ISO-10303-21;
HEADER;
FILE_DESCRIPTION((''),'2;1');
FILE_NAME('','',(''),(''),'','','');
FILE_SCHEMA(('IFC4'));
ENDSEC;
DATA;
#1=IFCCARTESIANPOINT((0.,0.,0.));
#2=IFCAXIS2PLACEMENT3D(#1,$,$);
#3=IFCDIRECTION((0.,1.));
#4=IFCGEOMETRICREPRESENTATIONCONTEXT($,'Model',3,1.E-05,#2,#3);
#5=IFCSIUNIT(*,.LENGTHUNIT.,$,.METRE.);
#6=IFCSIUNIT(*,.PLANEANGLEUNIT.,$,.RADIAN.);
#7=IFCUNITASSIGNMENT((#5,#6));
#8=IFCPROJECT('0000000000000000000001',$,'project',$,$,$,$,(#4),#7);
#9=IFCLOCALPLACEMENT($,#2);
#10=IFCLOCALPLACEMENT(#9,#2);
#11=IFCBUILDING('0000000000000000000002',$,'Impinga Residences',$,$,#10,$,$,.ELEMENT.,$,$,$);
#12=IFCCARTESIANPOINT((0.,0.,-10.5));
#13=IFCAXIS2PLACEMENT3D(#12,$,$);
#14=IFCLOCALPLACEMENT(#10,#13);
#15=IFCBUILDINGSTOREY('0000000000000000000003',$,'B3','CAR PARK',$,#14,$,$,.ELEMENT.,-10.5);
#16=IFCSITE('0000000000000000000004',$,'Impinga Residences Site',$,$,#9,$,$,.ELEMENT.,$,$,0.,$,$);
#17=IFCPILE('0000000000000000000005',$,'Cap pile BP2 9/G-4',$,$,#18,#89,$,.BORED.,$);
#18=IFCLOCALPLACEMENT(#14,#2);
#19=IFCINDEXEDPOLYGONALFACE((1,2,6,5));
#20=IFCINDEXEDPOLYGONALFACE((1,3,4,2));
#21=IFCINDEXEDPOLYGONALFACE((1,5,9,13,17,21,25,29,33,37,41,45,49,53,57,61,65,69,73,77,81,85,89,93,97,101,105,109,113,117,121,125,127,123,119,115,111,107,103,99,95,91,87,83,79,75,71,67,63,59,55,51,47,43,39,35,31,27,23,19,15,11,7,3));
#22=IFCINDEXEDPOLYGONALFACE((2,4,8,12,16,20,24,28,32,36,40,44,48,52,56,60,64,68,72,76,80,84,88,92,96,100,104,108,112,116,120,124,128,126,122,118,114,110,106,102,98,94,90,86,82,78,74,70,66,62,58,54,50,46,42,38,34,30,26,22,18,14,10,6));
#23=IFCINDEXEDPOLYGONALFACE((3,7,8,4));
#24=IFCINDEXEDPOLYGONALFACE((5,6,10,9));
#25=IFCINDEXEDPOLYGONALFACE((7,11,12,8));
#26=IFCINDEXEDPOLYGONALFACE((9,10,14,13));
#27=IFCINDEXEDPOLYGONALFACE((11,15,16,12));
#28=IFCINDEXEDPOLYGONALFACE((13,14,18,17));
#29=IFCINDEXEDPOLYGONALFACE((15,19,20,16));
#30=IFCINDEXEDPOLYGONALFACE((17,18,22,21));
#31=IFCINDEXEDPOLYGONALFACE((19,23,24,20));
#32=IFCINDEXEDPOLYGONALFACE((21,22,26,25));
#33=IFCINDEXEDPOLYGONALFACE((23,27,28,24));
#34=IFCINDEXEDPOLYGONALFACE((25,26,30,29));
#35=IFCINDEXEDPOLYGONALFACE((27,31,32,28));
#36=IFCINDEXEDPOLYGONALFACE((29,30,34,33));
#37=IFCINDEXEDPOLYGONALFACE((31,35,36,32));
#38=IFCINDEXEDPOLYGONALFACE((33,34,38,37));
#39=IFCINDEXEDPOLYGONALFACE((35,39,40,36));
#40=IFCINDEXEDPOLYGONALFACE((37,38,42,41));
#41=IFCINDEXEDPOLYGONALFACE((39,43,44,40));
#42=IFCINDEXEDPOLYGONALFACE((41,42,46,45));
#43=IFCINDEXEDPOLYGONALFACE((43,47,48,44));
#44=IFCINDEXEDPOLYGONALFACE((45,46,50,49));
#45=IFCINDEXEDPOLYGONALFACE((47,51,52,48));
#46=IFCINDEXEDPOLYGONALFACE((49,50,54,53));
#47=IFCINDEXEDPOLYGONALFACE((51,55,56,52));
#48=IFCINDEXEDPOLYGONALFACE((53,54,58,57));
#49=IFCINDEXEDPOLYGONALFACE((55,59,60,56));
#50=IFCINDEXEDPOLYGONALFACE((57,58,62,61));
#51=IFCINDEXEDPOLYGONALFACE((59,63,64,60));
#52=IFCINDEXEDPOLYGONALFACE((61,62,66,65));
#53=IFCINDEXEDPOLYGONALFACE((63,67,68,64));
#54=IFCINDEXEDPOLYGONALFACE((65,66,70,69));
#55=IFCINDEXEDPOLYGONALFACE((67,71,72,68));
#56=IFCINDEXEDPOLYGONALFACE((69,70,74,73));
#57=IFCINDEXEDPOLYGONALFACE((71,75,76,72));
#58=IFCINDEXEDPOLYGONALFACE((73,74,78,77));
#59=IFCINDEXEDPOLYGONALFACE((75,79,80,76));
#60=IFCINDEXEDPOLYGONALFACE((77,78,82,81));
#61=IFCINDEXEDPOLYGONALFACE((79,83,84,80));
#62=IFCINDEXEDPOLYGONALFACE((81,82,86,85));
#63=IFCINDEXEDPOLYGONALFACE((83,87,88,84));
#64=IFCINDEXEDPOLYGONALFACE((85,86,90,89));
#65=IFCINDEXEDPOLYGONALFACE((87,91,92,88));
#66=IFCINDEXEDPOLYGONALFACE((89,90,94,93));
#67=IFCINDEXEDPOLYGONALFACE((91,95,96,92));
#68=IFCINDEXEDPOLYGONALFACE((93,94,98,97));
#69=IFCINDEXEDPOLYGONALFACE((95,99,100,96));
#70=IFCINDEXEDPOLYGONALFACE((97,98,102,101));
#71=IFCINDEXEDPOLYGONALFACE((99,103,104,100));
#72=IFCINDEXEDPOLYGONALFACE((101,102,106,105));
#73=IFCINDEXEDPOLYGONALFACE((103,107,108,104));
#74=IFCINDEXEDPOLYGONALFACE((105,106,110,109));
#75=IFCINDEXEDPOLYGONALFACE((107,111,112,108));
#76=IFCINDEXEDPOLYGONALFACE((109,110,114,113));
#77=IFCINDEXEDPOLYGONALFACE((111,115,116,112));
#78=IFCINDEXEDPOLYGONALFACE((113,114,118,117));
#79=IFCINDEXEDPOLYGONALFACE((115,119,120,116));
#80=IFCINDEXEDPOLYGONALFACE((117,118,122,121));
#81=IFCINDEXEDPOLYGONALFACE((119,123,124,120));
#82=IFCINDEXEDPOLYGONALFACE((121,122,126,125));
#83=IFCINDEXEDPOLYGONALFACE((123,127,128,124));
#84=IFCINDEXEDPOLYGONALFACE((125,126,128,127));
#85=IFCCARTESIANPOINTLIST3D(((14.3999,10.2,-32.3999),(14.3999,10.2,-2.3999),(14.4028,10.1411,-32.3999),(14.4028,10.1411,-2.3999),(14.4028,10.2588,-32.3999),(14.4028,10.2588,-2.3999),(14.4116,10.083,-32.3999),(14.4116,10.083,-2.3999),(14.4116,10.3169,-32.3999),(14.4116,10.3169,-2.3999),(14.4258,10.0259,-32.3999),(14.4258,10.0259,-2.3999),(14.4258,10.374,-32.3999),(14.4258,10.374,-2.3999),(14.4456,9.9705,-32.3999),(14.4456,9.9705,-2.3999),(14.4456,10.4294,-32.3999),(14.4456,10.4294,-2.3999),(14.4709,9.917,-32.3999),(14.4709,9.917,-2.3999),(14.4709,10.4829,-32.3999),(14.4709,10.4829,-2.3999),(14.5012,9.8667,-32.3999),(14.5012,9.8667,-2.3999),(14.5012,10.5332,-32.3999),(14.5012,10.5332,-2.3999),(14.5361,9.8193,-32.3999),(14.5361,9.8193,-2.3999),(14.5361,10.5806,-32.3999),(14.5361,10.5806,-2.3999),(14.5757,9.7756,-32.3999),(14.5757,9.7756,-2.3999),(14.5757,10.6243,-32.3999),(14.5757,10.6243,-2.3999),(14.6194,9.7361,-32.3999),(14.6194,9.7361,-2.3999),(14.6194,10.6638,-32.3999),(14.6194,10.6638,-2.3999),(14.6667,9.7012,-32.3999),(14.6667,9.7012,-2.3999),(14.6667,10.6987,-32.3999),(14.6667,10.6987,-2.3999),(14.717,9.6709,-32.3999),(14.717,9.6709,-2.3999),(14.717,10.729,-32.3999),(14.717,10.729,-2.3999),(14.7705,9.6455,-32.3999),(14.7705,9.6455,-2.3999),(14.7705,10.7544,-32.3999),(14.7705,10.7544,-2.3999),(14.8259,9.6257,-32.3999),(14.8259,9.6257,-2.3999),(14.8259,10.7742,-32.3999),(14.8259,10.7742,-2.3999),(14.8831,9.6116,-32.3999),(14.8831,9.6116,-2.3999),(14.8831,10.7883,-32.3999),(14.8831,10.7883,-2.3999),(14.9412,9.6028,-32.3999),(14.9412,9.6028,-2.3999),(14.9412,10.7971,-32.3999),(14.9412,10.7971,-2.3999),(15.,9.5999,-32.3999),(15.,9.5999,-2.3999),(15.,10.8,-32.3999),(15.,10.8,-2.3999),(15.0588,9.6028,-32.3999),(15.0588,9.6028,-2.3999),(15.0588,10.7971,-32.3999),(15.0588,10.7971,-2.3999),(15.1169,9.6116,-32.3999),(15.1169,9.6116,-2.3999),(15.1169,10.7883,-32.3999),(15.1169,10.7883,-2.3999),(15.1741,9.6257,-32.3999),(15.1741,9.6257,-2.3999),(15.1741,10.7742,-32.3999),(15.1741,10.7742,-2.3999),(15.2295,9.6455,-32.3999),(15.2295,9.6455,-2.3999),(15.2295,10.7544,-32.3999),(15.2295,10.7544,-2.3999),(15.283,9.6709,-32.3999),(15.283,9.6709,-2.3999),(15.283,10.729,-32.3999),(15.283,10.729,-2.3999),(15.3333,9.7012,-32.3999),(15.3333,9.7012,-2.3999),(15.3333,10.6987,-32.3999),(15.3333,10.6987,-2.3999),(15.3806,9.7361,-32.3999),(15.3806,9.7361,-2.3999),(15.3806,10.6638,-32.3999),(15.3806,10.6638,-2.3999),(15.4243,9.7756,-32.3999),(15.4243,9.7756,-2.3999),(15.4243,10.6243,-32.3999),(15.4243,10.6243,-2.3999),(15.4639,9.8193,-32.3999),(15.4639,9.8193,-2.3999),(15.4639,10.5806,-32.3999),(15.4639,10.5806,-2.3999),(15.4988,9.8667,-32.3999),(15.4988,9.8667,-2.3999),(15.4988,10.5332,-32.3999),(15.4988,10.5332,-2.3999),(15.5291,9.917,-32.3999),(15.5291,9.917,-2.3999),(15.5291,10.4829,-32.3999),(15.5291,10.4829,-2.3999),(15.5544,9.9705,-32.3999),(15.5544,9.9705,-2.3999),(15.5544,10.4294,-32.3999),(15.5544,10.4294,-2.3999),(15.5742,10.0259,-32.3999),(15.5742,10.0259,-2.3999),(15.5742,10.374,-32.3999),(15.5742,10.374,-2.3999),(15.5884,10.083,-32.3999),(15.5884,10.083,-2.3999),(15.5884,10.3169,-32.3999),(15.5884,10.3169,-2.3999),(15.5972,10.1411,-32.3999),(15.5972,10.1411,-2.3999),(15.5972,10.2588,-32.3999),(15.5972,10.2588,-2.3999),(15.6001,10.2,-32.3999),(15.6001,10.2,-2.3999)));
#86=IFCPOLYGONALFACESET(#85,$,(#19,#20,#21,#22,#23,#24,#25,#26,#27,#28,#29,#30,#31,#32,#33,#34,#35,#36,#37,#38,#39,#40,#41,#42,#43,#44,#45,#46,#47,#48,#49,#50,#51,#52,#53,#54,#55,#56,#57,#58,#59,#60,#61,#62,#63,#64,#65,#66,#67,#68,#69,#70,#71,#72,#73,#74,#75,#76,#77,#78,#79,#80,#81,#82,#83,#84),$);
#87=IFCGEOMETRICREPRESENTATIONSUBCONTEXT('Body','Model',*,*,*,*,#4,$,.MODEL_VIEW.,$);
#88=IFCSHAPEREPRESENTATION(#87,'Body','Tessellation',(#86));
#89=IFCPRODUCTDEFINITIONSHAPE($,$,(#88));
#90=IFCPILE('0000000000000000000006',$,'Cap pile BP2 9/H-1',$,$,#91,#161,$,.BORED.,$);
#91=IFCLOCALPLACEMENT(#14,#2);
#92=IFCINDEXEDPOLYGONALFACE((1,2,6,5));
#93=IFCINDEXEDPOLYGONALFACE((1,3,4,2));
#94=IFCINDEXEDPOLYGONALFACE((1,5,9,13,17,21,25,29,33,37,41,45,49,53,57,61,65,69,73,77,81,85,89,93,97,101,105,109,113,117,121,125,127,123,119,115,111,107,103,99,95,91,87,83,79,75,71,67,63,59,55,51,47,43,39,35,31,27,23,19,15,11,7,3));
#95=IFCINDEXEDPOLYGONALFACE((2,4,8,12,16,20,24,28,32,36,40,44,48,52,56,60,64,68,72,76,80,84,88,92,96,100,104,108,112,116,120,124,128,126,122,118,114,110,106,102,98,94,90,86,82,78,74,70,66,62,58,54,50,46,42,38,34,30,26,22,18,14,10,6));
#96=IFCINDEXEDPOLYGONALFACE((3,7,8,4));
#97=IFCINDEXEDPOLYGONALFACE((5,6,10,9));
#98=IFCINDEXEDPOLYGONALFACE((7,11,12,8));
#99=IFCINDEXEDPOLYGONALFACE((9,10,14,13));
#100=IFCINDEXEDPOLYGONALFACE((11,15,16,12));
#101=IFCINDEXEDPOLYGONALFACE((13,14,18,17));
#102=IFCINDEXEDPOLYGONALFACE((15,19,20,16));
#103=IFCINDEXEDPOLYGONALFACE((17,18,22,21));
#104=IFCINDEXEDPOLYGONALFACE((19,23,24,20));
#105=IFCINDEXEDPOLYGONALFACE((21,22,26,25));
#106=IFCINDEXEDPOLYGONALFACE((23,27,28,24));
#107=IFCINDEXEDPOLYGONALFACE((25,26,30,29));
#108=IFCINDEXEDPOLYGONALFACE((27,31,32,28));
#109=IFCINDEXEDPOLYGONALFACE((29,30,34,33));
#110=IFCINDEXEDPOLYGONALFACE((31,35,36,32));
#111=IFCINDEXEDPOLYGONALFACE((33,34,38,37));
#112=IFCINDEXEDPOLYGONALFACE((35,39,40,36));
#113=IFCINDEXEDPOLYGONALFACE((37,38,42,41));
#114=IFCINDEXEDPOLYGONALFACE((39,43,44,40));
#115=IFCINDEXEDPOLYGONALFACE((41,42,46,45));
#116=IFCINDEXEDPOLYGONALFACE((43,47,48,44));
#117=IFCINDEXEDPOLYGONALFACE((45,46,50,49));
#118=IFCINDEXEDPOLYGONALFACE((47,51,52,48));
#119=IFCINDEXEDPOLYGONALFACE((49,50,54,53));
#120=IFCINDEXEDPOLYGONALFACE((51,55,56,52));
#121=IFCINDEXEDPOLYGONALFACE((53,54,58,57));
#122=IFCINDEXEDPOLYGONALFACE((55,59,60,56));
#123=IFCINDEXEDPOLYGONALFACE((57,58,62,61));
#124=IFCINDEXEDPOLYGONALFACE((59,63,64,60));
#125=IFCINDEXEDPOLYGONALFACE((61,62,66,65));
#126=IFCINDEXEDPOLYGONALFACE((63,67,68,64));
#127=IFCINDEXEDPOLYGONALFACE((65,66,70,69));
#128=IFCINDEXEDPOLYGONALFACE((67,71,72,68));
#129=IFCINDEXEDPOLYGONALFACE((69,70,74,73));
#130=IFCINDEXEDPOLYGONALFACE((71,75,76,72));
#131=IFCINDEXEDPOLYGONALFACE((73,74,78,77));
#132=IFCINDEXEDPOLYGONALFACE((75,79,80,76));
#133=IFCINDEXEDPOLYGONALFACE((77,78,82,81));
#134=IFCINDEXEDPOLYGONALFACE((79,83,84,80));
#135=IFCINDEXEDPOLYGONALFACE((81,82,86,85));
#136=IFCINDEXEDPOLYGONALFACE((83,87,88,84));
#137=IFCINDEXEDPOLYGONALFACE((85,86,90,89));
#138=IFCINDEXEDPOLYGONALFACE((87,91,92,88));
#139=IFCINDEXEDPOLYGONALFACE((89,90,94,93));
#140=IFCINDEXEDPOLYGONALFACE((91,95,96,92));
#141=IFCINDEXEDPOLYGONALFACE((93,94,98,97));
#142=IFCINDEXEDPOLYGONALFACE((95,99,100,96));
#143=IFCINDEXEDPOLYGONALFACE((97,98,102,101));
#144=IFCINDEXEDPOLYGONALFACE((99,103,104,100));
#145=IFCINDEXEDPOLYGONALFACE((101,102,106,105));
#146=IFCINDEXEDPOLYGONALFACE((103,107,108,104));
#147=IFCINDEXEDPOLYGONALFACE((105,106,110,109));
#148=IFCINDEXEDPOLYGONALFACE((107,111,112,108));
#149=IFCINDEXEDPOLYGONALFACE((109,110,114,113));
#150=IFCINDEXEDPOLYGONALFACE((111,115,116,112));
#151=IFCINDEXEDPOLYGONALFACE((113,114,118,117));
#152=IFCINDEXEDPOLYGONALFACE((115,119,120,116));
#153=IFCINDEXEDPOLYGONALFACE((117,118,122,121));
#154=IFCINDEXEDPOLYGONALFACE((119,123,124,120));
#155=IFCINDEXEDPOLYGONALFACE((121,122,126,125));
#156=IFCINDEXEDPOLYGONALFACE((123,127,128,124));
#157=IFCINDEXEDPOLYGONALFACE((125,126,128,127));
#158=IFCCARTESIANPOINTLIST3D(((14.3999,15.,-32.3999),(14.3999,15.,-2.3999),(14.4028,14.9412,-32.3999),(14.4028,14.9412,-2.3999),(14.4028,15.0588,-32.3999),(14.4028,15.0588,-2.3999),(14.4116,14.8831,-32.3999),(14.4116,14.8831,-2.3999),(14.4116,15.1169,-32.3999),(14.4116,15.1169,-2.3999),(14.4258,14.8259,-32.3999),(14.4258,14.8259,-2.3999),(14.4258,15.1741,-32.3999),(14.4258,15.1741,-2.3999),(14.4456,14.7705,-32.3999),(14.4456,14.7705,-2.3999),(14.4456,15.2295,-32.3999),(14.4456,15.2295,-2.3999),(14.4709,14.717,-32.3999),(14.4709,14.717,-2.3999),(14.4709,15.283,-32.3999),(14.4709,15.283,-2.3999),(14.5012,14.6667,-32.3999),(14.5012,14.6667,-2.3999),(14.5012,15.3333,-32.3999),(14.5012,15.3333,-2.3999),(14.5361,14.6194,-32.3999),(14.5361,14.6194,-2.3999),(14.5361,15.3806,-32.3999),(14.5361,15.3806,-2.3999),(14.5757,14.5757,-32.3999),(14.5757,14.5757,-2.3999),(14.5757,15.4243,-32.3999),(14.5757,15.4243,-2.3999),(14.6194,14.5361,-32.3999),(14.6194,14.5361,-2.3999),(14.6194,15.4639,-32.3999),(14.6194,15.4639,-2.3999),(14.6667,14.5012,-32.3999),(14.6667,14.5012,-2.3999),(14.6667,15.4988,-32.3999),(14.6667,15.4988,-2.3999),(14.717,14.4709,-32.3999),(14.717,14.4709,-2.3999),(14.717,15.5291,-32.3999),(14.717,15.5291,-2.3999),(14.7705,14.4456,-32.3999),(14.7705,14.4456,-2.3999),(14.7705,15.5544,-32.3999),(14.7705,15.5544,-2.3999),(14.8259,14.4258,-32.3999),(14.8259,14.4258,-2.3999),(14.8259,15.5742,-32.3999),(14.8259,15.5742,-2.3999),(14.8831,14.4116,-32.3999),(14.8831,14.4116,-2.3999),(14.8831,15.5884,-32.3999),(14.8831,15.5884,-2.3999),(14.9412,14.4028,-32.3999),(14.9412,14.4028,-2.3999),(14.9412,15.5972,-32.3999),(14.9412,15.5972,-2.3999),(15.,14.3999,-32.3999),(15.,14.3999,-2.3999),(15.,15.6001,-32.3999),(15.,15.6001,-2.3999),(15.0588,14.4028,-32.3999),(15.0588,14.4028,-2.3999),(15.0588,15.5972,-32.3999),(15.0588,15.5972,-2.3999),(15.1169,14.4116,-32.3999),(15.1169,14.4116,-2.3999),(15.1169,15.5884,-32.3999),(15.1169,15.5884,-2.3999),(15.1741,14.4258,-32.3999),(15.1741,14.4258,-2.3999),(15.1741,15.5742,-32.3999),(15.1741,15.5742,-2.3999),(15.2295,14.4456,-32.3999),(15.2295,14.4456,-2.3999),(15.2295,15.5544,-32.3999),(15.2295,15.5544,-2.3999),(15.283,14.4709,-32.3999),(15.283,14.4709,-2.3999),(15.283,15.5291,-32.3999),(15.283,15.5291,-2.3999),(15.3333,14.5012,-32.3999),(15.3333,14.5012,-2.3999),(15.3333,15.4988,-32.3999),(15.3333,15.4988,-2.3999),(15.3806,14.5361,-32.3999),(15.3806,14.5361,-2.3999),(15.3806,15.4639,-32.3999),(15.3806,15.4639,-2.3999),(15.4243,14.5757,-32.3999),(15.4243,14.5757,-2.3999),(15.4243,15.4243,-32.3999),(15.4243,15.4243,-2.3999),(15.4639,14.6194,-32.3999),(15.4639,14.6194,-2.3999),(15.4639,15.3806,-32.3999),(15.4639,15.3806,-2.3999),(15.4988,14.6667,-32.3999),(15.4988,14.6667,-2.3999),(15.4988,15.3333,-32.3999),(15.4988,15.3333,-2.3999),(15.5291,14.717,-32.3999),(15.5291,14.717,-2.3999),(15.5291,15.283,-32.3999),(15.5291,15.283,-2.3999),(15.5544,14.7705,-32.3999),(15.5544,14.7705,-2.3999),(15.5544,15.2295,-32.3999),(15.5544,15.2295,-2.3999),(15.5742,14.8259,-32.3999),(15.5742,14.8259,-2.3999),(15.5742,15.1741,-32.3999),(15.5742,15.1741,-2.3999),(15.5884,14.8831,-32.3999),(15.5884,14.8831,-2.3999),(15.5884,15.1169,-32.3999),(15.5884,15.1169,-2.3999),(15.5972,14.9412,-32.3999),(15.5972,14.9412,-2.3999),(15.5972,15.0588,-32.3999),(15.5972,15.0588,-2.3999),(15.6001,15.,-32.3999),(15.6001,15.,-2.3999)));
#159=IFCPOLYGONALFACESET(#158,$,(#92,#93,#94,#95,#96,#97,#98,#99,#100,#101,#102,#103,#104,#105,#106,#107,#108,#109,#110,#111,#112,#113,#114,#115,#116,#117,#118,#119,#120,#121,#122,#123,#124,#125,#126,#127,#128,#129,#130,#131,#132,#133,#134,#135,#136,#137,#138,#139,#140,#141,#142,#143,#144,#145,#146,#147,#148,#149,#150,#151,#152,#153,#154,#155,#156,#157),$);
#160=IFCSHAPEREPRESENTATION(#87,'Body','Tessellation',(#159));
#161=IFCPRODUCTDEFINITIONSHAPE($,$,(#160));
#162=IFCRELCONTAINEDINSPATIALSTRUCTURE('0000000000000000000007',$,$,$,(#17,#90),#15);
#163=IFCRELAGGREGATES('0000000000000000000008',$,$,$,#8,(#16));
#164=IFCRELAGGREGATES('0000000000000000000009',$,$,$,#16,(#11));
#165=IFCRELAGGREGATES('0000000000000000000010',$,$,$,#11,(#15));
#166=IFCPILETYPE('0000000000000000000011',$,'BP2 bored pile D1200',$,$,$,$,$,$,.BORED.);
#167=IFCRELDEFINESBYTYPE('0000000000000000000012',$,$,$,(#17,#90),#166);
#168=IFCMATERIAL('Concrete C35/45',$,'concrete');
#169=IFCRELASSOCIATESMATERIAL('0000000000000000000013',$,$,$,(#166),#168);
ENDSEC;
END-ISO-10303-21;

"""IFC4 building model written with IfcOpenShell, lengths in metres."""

from ifc_helpers import new_model, si_unit, direction, frame, origin, origin_2d, place, context, subcontext, project, spatial, polyline, circle, outline, extrude, material, material_profile, profile_set, type_object, element, save


model = new_model("IFC4")

# Units and contexts
model_context = context("Model", 3, precision=1e-05, world=origin(), true_north=direction((0.0, 1.0)))
body_context = subcontext(model_context, "Body", "Model", "MODEL_VIEW")
ifc_project = project(units=[si_unit("LENGTHUNIT", "METRE"), si_unit("PLANEANGLEUNIT", "RADIAN")], contexts=[model_context])

# Site, building, storey
site_placement = place(None, origin())
site = spatial("IfcSite", under=ifc_project, at=site_placement, Name="Impinga Residences Site", CompositionType="ELEMENT", RefElevation=0.0)
building_placement = place(site_placement, origin())
building = spatial("IfcBuilding", under=site, at=building_placement, Name="Impinga Residences", CompositionType="ELEMENT")
storey_placement = place(building_placement, frame((0.0, 0.0, -10.5)))
storey = spatial("IfcBuildingStorey", under=building, at=storey_placement, Name="B3", Description="CAR PARK", CompositionType="ELEMENT", Elevation=-10.5)

# Piles
ifc_material_1 = material(Name="Concrete C35/45", Category="concrete")
ifc_material_profile_1 = material_profile(ifc_material_1, circle(Radius=0.6001, at=origin_2d()), Name="D1200")
ifc_profile_set_1 = profile_set([ifc_material_profile_1], Name="Concrete C35/45")
pile_type_1 = type_object("IfcPileType", Name="BP2 bored pile D1200", PredefinedType="BORED", material=ifc_profile_set_1)
pile_1_placement = place(storey_placement, frame((15.0, 10.2, -2.3999), z_axis=(0.0, 0.0, -1.0), x_axis=(1.0, 0.0, 0.0)))
element("IfcPile", 1, at=pile_1_placement, inside=storey, type_object=pile_type_1, Name="Cap pile BP2 9/G-4", PredefinedType="BORED", context=body_context, shape_type="SweptSolid", body=[
    extrude(outline(polyline([(0.6001, 0.0), (0.5972, 0.0588), (0.5884, 0.1169), (0.5742, 0.1741), (0.5544, 0.2295), (0.5291, 0.283), (0.4988, 0.3333), (0.4639, 0.3806), (0.4243, 0.4243), (0.3806, 0.4639), (0.3333, 0.4988), (0.283, 0.5291), (0.2295, 0.5544), (0.1741, 0.5742), (0.1169, 0.5884), (0.0588, 0.5972), (0.0, 0.6001), (-0.0588, 0.5972), (-0.1169, 0.5884), (-0.1741, 0.5742), (-0.2295, 0.5544), (-0.283, 0.5291), (-0.3333, 0.4988), (-0.3806, 0.4639), (-0.4243, 0.4243), (-0.4639, 0.3806), (-0.4988, 0.3333), (-0.5291, 0.283), (-0.5544, 0.2295), (-0.5742, 0.1741), (-0.5884, 0.1169), (-0.5972, 0.0588), (-0.6001, 0.0), (-0.5972, -0.0588), (-0.5884, -0.1169), (-0.5742, -0.1741), (-0.5544, -0.2295), (-0.5291, -0.283), (-0.4988, -0.3333), (-0.4639, -0.3806), (-0.4243, -0.4243), (-0.3806, -0.4639), (-0.3333, -0.4988), (-0.283, -0.5291), (-0.2295, -0.5544), (-0.1741, -0.5742), (-0.1169, -0.5884), (-0.0588, -0.5972), (0.0, -0.6001), (0.0588, -0.5972), (0.1169, -0.5884), (0.1741, -0.5742), (0.2295, -0.5544), (0.283, -0.5291), (0.3333, -0.4988), (0.3806, -0.4639), (0.4243, -0.4243), (0.4639, -0.3806), (0.4988, -0.3333), (0.5291, -0.283), (0.5544, -0.2295), (0.5742, -0.1741), (0.5884, -0.1169), (0.5972, -0.0588), (0.6001, 0.0)])), origin(), (0.0, 0.0, 1.0), 30.0),
])
pile_2_placement = place(storey_placement, frame((15.0, 15.0, -2.3999), z_axis=(0.0, 0.0, -1.0), x_axis=(1.0, 0.0, 0.0)))
element("IfcPile", 2, at=pile_2_placement, inside=storey, type_object=pile_type_1, Name="Cap pile BP2 9/H-1", PredefinedType="BORED", context=body_context, shape_type="SweptSolid", body=[
    extrude(outline(polyline([(0.6001, 0.0), (0.5972, 0.0588), (0.5884, 0.1169), (0.5742, 0.1741), (0.5544, 0.2295), (0.5291, 0.283), (0.4988, 0.3333), (0.4639, 0.3806), (0.4243, 0.4243), (0.3806, 0.4639), (0.3333, 0.4988), (0.283, 0.5291), (0.2295, 0.5544), (0.1741, 0.5742), (0.1169, 0.5884), (0.0588, 0.5972), (0.0, 0.6001), (-0.0588, 0.5972), (-0.1169, 0.5884), (-0.1741, 0.5742), (-0.2295, 0.5544), (-0.283, 0.5291), (-0.3333, 0.4988), (-0.3806, 0.4639), (-0.4243, 0.4243), (-0.4639, 0.3806), (-0.4988, 0.3333), (-0.5291, 0.283), (-0.5544, 0.2295), (-0.5742, 0.1741), (-0.5884, 0.1169), (-0.5972, 0.0588), (-0.6001, 0.0), (-0.5972, -0.0588), (-0.5884, -0.1169), (-0.5742, -0.1741), (-0.5544, -0.2295), (-0.5291, -0.283), (-0.4988, -0.3333), (-0.4639, -0.3806), (-0.4243, -0.4243), (-0.3806, -0.4639), (-0.3333, -0.4988), (-0.283, -0.5291), (-0.2295, -0.5544), (-0.1741, -0.5742), (-0.1169, -0.5884), (-0.0588, -0.5972), (0.0, -0.6001), (0.0588, -0.5972), (0.1169, -0.5884), (0.1741, -0.5742), (0.2295, -0.5544), (0.283, -0.5291), (0.3333, -0.4988), (0.3806, -0.4639), (0.4243, -0.4243), (0.4639, -0.3806), (0.4988, -0.3333), (0.5291, -0.283), (0.5544, -0.2295), (0.5742, -0.1741), (0.5884, -0.1169), (0.5972, -0.0588), (0.6001, 0.0)])), origin(), (0.0, 0.0, 1.0), 30.0),
])

save(model, "model.ifc")
